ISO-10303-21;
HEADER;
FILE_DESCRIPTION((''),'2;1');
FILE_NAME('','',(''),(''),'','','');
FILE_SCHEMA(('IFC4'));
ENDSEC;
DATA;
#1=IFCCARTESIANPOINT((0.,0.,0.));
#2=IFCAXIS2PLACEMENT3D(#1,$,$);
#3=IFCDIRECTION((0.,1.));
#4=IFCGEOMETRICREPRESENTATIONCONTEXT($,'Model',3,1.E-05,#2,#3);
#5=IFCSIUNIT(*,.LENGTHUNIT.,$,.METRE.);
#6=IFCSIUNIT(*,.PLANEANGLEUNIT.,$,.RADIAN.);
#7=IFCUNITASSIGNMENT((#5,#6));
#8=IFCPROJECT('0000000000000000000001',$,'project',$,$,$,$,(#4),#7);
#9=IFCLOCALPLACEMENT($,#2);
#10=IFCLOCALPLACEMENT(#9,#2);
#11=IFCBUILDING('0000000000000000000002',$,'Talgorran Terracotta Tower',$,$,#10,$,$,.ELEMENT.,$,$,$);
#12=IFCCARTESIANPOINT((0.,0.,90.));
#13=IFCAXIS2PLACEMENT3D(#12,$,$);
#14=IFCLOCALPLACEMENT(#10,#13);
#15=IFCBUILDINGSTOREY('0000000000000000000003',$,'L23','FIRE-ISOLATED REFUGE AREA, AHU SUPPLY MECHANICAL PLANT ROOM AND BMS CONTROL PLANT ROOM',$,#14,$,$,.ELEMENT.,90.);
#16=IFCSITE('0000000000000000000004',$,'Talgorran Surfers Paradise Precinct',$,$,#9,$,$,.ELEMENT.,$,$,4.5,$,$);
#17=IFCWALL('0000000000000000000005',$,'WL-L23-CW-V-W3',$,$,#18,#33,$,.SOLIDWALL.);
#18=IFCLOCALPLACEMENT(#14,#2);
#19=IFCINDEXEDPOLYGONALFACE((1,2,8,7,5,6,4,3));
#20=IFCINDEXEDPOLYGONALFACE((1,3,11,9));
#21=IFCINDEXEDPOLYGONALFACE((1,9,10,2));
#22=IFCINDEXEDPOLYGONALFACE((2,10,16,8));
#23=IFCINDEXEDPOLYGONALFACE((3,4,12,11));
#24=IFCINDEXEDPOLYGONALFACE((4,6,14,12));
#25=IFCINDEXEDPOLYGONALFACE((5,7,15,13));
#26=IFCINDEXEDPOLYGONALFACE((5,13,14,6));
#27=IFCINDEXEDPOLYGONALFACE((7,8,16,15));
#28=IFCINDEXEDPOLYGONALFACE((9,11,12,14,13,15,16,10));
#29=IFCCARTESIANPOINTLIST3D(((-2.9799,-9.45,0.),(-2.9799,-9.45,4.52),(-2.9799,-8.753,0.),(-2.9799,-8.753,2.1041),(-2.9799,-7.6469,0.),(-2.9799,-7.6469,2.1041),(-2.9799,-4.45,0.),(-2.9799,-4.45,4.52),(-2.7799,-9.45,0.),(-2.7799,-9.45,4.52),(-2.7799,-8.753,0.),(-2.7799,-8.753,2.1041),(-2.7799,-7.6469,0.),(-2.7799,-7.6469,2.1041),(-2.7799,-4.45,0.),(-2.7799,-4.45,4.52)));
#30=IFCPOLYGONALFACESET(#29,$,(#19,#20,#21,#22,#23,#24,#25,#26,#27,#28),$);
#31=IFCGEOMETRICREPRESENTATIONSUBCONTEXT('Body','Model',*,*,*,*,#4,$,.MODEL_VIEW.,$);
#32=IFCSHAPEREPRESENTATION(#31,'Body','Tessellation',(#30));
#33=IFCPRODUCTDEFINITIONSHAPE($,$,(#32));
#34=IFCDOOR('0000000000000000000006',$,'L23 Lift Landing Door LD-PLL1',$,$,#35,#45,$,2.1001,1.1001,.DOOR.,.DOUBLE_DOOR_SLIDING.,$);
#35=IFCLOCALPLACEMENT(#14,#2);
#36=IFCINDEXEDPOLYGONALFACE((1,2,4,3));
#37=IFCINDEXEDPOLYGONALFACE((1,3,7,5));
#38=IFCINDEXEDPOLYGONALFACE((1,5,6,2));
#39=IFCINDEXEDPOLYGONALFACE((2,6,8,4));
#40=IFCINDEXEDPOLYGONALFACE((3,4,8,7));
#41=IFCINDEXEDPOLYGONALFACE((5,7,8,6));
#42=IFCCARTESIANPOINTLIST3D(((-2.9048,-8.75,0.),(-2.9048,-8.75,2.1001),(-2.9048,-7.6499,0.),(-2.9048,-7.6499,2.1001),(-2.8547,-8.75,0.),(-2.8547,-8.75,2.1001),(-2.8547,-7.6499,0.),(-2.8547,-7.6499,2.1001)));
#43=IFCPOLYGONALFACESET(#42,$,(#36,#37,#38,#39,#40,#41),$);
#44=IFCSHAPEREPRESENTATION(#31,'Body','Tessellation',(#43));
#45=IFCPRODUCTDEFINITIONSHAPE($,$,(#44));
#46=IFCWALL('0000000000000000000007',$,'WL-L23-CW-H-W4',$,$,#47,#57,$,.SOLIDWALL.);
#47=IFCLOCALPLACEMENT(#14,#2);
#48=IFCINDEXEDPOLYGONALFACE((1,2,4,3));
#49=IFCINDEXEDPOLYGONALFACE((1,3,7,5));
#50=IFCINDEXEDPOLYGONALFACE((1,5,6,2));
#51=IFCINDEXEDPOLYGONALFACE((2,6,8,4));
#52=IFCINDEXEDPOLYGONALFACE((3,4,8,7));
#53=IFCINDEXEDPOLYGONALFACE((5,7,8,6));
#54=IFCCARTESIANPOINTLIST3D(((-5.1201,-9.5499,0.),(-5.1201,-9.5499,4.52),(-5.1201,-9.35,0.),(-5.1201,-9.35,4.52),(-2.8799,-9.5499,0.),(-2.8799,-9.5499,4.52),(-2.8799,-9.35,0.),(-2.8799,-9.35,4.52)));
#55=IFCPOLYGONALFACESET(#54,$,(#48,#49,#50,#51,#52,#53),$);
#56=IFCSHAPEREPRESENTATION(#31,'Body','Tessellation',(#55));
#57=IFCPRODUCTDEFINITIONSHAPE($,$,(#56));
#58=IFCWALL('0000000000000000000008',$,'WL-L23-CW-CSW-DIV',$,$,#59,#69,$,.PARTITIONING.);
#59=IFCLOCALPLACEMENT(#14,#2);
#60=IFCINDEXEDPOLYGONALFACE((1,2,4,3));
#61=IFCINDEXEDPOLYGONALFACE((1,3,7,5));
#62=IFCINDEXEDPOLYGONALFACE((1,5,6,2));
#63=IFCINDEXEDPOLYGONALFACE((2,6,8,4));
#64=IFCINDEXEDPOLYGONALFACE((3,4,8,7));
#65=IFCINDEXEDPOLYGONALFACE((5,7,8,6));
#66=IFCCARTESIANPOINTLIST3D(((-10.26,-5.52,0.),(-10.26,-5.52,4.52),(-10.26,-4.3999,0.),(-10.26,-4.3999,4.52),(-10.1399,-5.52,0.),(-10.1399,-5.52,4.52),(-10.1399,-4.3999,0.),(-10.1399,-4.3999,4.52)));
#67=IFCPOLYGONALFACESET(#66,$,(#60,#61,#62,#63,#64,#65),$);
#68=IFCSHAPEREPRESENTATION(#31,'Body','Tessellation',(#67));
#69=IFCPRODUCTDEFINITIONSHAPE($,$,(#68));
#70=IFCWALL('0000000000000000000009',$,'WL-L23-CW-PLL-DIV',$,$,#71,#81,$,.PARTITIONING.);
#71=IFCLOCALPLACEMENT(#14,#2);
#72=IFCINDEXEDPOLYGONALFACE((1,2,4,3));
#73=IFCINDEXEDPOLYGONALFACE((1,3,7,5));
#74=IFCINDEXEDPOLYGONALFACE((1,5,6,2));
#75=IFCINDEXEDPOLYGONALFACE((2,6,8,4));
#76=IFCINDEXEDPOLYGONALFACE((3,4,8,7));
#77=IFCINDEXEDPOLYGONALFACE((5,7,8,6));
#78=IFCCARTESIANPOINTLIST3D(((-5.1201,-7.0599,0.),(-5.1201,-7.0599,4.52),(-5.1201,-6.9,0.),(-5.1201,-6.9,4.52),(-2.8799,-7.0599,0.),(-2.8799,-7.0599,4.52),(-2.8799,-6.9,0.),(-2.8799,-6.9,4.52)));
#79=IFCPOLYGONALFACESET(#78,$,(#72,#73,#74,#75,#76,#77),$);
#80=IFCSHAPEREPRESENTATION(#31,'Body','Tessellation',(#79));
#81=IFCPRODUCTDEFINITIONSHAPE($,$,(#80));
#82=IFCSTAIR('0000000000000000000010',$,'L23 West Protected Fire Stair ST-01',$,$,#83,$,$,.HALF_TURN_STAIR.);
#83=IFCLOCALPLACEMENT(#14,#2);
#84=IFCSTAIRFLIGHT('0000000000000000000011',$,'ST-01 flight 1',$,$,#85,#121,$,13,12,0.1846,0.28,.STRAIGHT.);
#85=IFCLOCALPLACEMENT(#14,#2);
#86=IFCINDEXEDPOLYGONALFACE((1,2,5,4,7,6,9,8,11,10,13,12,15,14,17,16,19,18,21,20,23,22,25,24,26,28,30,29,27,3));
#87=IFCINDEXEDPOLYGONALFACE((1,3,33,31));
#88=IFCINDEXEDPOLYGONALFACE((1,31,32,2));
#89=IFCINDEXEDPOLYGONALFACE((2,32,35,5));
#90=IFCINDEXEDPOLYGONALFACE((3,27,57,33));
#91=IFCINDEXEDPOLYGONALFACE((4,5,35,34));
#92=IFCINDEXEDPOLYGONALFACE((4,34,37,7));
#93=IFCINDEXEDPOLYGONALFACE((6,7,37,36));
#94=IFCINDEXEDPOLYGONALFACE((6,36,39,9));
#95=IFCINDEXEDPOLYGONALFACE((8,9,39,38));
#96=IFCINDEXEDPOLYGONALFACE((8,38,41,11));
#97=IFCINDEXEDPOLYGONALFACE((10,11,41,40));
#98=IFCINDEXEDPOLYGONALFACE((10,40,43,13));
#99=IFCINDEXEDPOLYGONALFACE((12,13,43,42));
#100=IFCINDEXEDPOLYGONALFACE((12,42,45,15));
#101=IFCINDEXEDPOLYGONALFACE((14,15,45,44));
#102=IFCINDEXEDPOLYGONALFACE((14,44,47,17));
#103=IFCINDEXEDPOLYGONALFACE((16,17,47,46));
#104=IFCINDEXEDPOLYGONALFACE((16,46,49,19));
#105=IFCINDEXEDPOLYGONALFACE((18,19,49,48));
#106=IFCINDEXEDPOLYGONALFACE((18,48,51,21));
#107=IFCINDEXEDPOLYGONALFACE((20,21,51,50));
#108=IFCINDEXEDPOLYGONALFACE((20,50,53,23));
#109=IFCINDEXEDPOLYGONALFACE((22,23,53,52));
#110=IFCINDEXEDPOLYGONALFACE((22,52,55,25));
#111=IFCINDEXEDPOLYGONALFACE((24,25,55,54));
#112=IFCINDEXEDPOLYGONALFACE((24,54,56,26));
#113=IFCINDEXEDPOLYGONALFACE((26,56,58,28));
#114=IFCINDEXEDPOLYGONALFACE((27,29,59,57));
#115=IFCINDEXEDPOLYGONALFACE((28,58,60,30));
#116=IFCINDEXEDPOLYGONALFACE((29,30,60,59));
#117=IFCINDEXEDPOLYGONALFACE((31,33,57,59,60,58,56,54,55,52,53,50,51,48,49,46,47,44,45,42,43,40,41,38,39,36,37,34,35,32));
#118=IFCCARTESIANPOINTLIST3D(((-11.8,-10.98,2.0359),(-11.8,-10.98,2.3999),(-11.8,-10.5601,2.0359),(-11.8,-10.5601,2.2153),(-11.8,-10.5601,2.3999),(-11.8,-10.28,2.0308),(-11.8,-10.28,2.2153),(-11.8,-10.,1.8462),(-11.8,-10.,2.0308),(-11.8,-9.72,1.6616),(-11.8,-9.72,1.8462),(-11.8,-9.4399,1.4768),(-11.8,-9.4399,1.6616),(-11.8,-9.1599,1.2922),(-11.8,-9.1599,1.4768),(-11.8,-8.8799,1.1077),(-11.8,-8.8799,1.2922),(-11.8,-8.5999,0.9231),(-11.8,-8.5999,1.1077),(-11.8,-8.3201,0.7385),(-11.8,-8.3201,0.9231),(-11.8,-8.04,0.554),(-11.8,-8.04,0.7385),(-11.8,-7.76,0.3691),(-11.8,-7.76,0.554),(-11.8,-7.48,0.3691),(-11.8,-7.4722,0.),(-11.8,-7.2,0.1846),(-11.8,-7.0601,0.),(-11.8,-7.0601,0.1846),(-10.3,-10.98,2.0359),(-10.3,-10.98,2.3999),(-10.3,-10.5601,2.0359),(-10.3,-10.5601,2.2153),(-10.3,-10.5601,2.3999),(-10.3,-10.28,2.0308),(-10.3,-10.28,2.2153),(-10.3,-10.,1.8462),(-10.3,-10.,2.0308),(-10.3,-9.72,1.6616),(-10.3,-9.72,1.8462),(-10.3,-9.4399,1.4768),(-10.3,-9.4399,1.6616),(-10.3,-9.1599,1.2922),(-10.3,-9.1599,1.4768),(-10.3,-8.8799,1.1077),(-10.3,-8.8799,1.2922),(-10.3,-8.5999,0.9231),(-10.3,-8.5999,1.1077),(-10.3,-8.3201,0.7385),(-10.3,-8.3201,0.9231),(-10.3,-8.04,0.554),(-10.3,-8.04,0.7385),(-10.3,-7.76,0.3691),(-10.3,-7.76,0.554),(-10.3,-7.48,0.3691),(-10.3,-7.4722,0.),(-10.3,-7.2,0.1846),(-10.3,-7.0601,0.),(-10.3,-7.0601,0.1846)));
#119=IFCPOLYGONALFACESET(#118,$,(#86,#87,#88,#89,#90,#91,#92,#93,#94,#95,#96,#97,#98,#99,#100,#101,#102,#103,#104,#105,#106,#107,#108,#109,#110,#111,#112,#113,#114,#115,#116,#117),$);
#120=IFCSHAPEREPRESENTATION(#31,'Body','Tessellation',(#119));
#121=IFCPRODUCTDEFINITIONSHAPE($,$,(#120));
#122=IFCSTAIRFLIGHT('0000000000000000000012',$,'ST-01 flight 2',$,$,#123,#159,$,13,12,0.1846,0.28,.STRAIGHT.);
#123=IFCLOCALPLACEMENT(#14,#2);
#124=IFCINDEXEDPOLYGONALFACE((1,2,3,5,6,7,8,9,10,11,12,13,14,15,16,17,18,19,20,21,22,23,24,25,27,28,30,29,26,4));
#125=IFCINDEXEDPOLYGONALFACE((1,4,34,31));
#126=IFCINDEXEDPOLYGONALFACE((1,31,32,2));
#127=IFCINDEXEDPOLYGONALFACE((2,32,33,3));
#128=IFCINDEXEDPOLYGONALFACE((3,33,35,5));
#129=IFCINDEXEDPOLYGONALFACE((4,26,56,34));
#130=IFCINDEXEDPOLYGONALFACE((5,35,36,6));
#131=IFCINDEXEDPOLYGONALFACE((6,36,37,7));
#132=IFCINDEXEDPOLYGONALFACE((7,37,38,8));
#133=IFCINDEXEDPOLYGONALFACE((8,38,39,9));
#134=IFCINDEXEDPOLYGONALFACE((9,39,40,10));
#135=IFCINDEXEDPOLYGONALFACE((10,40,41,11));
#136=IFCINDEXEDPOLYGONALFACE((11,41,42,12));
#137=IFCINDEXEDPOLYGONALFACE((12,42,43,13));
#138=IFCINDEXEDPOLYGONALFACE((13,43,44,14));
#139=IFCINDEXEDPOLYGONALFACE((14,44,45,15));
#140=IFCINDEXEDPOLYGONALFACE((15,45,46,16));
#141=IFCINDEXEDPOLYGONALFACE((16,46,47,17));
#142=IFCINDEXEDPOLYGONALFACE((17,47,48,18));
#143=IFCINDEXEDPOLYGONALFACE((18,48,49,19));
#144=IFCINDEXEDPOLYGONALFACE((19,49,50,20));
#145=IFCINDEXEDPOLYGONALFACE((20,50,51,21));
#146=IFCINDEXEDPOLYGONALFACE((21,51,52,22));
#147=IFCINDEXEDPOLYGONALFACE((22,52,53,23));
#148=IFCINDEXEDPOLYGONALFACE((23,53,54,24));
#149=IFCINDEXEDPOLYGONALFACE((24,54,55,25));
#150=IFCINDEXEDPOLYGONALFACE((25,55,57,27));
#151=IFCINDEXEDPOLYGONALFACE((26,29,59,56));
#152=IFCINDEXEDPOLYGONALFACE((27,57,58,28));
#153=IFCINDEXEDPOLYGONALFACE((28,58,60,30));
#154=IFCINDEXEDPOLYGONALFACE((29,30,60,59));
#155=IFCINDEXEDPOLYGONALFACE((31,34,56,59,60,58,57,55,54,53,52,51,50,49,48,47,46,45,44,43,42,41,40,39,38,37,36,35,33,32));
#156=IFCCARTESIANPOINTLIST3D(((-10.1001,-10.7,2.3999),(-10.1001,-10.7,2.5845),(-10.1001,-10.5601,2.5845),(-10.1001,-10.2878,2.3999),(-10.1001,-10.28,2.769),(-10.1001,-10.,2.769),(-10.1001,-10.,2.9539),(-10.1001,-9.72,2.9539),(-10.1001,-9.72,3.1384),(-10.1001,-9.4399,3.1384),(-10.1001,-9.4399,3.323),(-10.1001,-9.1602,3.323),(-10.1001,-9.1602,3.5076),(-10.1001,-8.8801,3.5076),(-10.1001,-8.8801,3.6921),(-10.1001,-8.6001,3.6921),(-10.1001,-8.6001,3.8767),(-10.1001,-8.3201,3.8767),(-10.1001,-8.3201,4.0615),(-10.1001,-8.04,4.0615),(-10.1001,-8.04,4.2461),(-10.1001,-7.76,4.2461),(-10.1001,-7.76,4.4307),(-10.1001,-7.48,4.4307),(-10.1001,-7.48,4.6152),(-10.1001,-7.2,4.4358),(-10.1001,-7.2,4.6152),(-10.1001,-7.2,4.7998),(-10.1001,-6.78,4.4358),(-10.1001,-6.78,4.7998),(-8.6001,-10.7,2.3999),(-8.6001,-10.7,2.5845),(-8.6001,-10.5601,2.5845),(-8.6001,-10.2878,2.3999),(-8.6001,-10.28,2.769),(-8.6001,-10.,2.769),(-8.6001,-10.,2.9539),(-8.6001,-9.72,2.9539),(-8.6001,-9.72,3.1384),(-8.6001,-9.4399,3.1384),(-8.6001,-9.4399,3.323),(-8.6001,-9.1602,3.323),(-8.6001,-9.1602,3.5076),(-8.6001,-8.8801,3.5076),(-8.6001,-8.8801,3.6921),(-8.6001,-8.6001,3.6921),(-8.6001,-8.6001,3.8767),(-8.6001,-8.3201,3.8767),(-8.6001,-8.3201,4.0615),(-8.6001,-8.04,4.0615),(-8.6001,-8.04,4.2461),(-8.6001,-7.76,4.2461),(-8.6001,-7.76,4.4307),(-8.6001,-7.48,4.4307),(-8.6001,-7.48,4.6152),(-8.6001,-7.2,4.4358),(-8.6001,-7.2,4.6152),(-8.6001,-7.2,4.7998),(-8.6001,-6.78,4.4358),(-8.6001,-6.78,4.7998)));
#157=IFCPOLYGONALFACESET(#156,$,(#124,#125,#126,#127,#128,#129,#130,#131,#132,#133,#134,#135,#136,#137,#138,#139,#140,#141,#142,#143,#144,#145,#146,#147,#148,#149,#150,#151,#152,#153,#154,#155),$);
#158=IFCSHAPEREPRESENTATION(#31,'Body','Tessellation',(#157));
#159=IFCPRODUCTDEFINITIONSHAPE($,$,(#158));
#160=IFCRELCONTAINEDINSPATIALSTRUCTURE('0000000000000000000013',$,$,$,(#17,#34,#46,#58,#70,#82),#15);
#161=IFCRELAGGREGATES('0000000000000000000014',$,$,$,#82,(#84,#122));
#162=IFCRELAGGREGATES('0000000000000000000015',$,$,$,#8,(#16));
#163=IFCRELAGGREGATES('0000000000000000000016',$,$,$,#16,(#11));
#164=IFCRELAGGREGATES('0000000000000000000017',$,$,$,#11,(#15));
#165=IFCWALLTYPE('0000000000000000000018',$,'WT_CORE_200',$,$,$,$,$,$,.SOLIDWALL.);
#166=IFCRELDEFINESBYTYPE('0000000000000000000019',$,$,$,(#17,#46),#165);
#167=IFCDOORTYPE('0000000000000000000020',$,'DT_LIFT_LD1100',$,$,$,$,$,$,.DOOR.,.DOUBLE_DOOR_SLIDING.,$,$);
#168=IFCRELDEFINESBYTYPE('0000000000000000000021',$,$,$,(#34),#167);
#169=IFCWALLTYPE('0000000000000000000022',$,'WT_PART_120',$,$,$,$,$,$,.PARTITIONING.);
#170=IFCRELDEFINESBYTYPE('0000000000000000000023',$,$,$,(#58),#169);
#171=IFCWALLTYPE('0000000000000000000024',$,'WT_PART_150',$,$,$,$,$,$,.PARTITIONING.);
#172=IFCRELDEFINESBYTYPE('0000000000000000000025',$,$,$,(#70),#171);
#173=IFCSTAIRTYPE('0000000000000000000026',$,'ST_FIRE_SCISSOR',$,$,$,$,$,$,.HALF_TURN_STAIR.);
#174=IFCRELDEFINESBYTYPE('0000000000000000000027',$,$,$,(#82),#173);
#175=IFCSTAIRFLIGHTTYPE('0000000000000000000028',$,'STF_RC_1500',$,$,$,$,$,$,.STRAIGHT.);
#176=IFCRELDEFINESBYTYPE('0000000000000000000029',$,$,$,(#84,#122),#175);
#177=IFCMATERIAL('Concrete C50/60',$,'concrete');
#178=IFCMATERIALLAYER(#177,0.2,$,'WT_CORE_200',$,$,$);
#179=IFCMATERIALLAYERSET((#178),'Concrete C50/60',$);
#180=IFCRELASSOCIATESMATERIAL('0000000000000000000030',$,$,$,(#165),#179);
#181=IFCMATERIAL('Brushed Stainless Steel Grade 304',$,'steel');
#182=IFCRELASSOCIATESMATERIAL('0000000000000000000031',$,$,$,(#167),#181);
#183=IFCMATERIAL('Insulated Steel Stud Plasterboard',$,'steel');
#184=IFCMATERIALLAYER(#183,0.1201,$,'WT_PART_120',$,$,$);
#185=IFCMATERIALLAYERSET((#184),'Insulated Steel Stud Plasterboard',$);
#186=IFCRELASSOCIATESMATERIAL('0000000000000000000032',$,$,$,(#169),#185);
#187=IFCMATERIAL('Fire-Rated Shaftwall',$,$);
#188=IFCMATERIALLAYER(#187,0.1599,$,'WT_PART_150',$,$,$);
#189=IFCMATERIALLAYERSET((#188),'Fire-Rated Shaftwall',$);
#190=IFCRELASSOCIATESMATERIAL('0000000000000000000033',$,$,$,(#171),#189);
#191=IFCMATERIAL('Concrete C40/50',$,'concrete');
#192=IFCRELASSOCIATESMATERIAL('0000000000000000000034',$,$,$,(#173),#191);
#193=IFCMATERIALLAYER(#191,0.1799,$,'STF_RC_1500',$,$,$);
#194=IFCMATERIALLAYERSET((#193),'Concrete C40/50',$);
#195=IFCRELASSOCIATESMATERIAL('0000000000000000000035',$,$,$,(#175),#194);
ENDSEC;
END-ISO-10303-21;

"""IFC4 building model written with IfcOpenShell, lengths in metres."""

from ifc_helpers import new_model, si_unit, direction, frame, frame_2d, origin, place, context, subcontext, project, spatial, polyline, rectangle, outline, extrude, material, layer, layer_set, type_object, element, fill, aggregate, save


model = new_model("IFC4")

# Units and contexts
model_context = context("Model", 3, precision=1e-05, world=origin(), true_north=direction((0.0, 1.0)))
body_context = subcontext(model_context, "Body", "Model", "MODEL_VIEW")
ifc_project = project(units=[si_unit("LENGTHUNIT", "METRE"), si_unit("PLANEANGLEUNIT", "RADIAN")], contexts=[model_context])

# Site, building, storey
site_placement = place(None, origin())
site = spatial("IfcSite", under=ifc_project, at=site_placement, Name="Talgorran Surfers Paradise Precinct", CompositionType="ELEMENT", RefElevation=4.5)
building_placement = place(site_placement, origin())
building = spatial("IfcBuilding", under=site, at=building_placement, Name="Talgorran Terracotta Tower", CompositionType="ELEMENT")
storey_placement = place(building_placement, frame((0.0, 0.0, 90.0)))
storey = spatial("IfcBuildingStorey", under=building, at=storey_placement, Name="L23", Description="FIRE-ISOLATED REFUGE AREA, AHU SUPPLY MECHANICAL PLANT ROOM AND BMS CONTROL PLANT ROOM", CompositionType="ELEMENT", Elevation=90.0)

# Shared definitions
ifc_material_1 = material(Name="Concrete C50/60", Category="concrete")
ifc_layer_1 = layer(ifc_material_1, 0.2, Name="WT_CORE_200")
ifc_layer_set_1 = layer_set([ifc_layer_1], Name="Concrete C50/60")
wall_type_1 = type_object("IfcWallType", Name="WT_CORE_200", PredefinedType="SOLIDWALL", material=ifc_layer_set_1)

# Shared definitions
ifc_material_2 = material(Name="Brushed Stainless Steel Grade 304", Category="steel")
door_type_1 = type_object("IfcDoorType", Name="DT_LIFT_LD1100", OperationType="DOUBLE_DOOR_SLIDING", PredefinedType="DOOR", material=ifc_material_2)

# Wall, opening, door
wall_1_placement = place(storey_placement, frame((-2.8799, -9.45, 0.0), z_axis=(0.0, 0.0, 1.0), x_axis=(0.0, 1.0, 0.0)))
wall_1 = element("IfcWall", 1, at=wall_1_placement, inside=storey, type_object=wall_type_1, Name="WL-L23-CW-V-W3", PredefinedType="SOLIDWALL", context=body_context, shape_type="SweptSolid", body=[
    extrude(rectangle(XDim=5.0, YDim=0.2, at=frame_2d((2.5, 0.0))), origin(), (0.0, 0.0, 1.0), 4.52),
])
opening_1_placement = place(wall_1_placement, frame((0.7, 0.0, 0.0)))
opening_1 = element("IfcOpeningElement", 2, at=opening_1_placement, cuts=wall_1, PredefinedType="OPENING", context=body_context, shape_type="SweptSolid", body=[
    extrude(rectangle(XDim=1.1061, YDim=2.1041, at=frame_2d((0.55, 1.052))), frame((0.0, 0.1099, 0.0), z_axis=(0.0, -1.0, 0.0), x_axis=(1.0, 0.0, 0.0)), (0.0, 0.0, 1.0), 0.22),
])
door_1_placement = place(opening_1_placement, origin())
door_1 = element("IfcDoor", 3, at=door_1_placement, inside=storey, type_object=door_type_1, Name="L23 Lift Landing Door LD-PLL1", OperationType="DOUBLE_DOOR_SLIDING", OverallHeight=2.1001, OverallWidth=1.1001, PredefinedType="DOOR", context=body_context, shape_type="SweptSolid", body=[
    extrude(rectangle(XDim=1.1001, YDim=2.1001, at=frame_2d((0.55, 1.05))), frame((0.0, 0.0249, 0.0), z_axis=(0.0, -1.0, 0.0), x_axis=(1.0, 0.0, 0.0)), (0.0, 0.0, 1.0), 0.05),
])
fill(opening_1, door_1)

# Walls
wall_2_placement = place(storey_placement, frame((-5.1201, -9.45, 0.0), z_axis=(0.0, 0.0, 1.0), x_axis=(1.0, 0.0, 0.0)))
element("IfcWall", 4, at=wall_2_placement, inside=storey, type_object=wall_type_1, Name="WL-L23-CW-H-W4", PredefinedType="SOLIDWALL", context=body_context, shape_type="SweptSolid", body=[
    extrude(rectangle(XDim=2.2402, YDim=0.2, at=frame_2d((1.1201, 0.0))), origin(), (0.0, 0.0, 1.0), 4.52),
])
ifc_material_3 = material(Name="Insulated Steel Stud Plasterboard", Category="steel")
ifc_layer_2 = layer(ifc_material_3, 0.1201, Name="WT_PART_120")
ifc_layer_set_2 = layer_set([ifc_layer_2], Name="Insulated Steel Stud Plasterboard")
wall_type_2 = type_object("IfcWallType", Name="WT_PART_120", PredefinedType="PARTITIONING", material=ifc_layer_set_2)
wall_3_placement = place(storey_placement, frame((-10.2, -5.52, 0.0), z_axis=(0.0, 0.0, 1.0), x_axis=(0.0, 1.0, 0.0)))
element("IfcWall", 5, at=wall_3_placement, inside=storey, type_object=wall_type_2, Name="WL-L23-CW-CSW-DIV", PredefinedType="PARTITIONING", context=body_context, shape_type="SweptSolid", body=[
    extrude(rectangle(XDim=1.1201, YDim=0.1201, at=frame_2d((0.5601, 0.0))), origin(), (0.0, 0.0, 1.0), 4.52),
])
ifc_material_4 = material(Name="Fire-Rated Shaftwall")
ifc_layer_3 = layer(ifc_material_4, 0.1599, Name="WT_PART_150")
ifc_layer_set_3 = layer_set([ifc_layer_3], Name="Fire-Rated Shaftwall")
wall_type_3 = type_object("IfcWallType", Name="WT_PART_150", PredefinedType="PARTITIONING", material=ifc_layer_set_3)
wall_4_placement = place(storey_placement, frame((-5.1201, -6.98, 0.0), z_axis=(0.0, 0.0, 1.0), x_axis=(1.0, 0.0, 0.0)))
element("IfcWall", 6, at=wall_4_placement, inside=storey, type_object=wall_type_3, Name="WL-L23-CW-PLL-DIV", PredefinedType="PARTITIONING", context=body_context, shape_type="SweptSolid", body=[
    extrude(rectangle(XDim=2.2402, YDim=0.1599, at=frame_2d((1.1201, 0.0))), origin(), (0.0, 0.0, 1.0), 4.52),
])

# Stair, stair flights
ifc_material_5 = material(Name="Concrete C40/50", Category="concrete")
stair_type = type_object("IfcStairType", Name="ST_FIRE_SCISSOR", PredefinedType="HALF_TURN_STAIR", material=ifc_material_5)
stair_placement = place(storey_placement, origin())
stair = element("IfcStair", 7, at=stair_placement, inside=storey, type_object=stair_type, Name="L23 West Protected Fire Stair ST-01", PredefinedType="HALF_TURN_STAIR")
ifc_layer_4 = layer(ifc_material_5, 0.1799, Name="STF_RC_1500")
ifc_layer_set_4 = layer_set([ifc_layer_4], Name="Concrete C40/50")
stair_flight_type = type_object("IfcStairFlightType", Name="STF_RC_1500", PredefinedType="STRAIGHT", material=ifc_layer_set_4)
stair_flight_1_placement = place(storey_placement, frame((-11.05, -7.2, 0.0), z_axis=(0.0, 0.0, 1.0), x_axis=(0.0, -1.0, 0.0)))
stair_flight_1 = element("IfcStairFlight", 8, at=stair_flight_1_placement, type_object=stair_flight_type, Name="ST-01 flight 1", NumberOfRisers=13, NumberOfTreads=12, PredefinedType="STRAIGHT", RiserHeight=0.1846, TreadLength=0.28, context=body_context, shape_type="SweptSolid", body=[
    extrude(outline(polyline([(-0.1399, 0.0), (-0.1399, 0.1846), (0.0, 0.1846), (0.28, 0.3691), (0.5601, 0.3691), (0.5601, 0.554), (0.8401, 0.554), (0.8401, 0.7385), (1.1201, 0.7385), (1.1201, 0.9231), (1.3999, 0.9231), (1.3999, 1.1077), (1.6799, 1.1077), (1.6799, 1.2922), (1.96, 1.2922), (1.96, 1.4768), (2.24, 1.4768), (2.24, 1.6616), (2.52, 1.6616), (2.52, 1.8462), (2.8, 1.8462), (2.8, 2.0308), (3.0801, 2.0308), (3.0801, 2.2153), (3.3601, 2.2153), (3.3601, 2.3999), (3.78, 2.3999), (3.78, 2.0359), (3.3601, 2.0359), (0.2722, 0.0), (-0.1399, 0.0)])), frame((0.0, 0.75, 0.0), z_axis=(0.0, -1.0, 0.0), x_axis=(1.0, 0.0, 0.0)), (0.0, 0.0, 1.0), 1.5),
])
stair_flight_2_placement = place(storey_placement, frame((-9.3501, -10.5601, 2.3999), z_axis=(0.0, 0.0, 1.0), x_axis=(0.0, 1.0, 0.0)))
stair_flight_2 = element("IfcStairFlight", 9, at=stair_flight_2_placement, type_object=stair_flight_type, Name="ST-01 flight 2", NumberOfRisers=13, NumberOfTreads=12, PredefinedType="STRAIGHT", RiserHeight=0.1846, TreadLength=0.28, context=body_context, shape_type="SweptSolid", body=[
    extrude(outline(polyline([(-0.1399, 0.0), (-0.1399, 0.1846), (0.0, 0.1846), (0.28, 0.3691), (0.5601, 0.3691), (0.5601, 0.554), (0.8401, 0.554), (0.8401, 0.7385), (1.1201, 0.7385), (1.1201, 0.9231), (1.3999, 0.9231), (1.3999, 1.1077), (1.6799, 1.1077), (1.6799, 1.2922), (1.96, 1.2922), (1.96, 1.4768), (2.24, 1.4768), (2.24, 1.6616), (2.52, 1.6616), (2.52, 1.8462), (2.8, 1.8462), (2.8, 2.0308), (3.0801, 2.0308), (3.0801, 2.2153), (3.3601, 2.2153), (3.3601, 2.3999), (3.78, 2.3999), (3.78, 2.0359), (3.3601, 2.0359), (0.2722, 0.0), (-0.1399, 0.0)])), frame((0.0, 0.75, 0.0), z_axis=(0.0, -1.0, 0.0), x_axis=(1.0, 0.0, 0.0)), (0.0, 0.0, 1.0), 1.5),
])
aggregate(stair, [stair_flight_1, stair_flight_2])

save(model, "model.ifc")
